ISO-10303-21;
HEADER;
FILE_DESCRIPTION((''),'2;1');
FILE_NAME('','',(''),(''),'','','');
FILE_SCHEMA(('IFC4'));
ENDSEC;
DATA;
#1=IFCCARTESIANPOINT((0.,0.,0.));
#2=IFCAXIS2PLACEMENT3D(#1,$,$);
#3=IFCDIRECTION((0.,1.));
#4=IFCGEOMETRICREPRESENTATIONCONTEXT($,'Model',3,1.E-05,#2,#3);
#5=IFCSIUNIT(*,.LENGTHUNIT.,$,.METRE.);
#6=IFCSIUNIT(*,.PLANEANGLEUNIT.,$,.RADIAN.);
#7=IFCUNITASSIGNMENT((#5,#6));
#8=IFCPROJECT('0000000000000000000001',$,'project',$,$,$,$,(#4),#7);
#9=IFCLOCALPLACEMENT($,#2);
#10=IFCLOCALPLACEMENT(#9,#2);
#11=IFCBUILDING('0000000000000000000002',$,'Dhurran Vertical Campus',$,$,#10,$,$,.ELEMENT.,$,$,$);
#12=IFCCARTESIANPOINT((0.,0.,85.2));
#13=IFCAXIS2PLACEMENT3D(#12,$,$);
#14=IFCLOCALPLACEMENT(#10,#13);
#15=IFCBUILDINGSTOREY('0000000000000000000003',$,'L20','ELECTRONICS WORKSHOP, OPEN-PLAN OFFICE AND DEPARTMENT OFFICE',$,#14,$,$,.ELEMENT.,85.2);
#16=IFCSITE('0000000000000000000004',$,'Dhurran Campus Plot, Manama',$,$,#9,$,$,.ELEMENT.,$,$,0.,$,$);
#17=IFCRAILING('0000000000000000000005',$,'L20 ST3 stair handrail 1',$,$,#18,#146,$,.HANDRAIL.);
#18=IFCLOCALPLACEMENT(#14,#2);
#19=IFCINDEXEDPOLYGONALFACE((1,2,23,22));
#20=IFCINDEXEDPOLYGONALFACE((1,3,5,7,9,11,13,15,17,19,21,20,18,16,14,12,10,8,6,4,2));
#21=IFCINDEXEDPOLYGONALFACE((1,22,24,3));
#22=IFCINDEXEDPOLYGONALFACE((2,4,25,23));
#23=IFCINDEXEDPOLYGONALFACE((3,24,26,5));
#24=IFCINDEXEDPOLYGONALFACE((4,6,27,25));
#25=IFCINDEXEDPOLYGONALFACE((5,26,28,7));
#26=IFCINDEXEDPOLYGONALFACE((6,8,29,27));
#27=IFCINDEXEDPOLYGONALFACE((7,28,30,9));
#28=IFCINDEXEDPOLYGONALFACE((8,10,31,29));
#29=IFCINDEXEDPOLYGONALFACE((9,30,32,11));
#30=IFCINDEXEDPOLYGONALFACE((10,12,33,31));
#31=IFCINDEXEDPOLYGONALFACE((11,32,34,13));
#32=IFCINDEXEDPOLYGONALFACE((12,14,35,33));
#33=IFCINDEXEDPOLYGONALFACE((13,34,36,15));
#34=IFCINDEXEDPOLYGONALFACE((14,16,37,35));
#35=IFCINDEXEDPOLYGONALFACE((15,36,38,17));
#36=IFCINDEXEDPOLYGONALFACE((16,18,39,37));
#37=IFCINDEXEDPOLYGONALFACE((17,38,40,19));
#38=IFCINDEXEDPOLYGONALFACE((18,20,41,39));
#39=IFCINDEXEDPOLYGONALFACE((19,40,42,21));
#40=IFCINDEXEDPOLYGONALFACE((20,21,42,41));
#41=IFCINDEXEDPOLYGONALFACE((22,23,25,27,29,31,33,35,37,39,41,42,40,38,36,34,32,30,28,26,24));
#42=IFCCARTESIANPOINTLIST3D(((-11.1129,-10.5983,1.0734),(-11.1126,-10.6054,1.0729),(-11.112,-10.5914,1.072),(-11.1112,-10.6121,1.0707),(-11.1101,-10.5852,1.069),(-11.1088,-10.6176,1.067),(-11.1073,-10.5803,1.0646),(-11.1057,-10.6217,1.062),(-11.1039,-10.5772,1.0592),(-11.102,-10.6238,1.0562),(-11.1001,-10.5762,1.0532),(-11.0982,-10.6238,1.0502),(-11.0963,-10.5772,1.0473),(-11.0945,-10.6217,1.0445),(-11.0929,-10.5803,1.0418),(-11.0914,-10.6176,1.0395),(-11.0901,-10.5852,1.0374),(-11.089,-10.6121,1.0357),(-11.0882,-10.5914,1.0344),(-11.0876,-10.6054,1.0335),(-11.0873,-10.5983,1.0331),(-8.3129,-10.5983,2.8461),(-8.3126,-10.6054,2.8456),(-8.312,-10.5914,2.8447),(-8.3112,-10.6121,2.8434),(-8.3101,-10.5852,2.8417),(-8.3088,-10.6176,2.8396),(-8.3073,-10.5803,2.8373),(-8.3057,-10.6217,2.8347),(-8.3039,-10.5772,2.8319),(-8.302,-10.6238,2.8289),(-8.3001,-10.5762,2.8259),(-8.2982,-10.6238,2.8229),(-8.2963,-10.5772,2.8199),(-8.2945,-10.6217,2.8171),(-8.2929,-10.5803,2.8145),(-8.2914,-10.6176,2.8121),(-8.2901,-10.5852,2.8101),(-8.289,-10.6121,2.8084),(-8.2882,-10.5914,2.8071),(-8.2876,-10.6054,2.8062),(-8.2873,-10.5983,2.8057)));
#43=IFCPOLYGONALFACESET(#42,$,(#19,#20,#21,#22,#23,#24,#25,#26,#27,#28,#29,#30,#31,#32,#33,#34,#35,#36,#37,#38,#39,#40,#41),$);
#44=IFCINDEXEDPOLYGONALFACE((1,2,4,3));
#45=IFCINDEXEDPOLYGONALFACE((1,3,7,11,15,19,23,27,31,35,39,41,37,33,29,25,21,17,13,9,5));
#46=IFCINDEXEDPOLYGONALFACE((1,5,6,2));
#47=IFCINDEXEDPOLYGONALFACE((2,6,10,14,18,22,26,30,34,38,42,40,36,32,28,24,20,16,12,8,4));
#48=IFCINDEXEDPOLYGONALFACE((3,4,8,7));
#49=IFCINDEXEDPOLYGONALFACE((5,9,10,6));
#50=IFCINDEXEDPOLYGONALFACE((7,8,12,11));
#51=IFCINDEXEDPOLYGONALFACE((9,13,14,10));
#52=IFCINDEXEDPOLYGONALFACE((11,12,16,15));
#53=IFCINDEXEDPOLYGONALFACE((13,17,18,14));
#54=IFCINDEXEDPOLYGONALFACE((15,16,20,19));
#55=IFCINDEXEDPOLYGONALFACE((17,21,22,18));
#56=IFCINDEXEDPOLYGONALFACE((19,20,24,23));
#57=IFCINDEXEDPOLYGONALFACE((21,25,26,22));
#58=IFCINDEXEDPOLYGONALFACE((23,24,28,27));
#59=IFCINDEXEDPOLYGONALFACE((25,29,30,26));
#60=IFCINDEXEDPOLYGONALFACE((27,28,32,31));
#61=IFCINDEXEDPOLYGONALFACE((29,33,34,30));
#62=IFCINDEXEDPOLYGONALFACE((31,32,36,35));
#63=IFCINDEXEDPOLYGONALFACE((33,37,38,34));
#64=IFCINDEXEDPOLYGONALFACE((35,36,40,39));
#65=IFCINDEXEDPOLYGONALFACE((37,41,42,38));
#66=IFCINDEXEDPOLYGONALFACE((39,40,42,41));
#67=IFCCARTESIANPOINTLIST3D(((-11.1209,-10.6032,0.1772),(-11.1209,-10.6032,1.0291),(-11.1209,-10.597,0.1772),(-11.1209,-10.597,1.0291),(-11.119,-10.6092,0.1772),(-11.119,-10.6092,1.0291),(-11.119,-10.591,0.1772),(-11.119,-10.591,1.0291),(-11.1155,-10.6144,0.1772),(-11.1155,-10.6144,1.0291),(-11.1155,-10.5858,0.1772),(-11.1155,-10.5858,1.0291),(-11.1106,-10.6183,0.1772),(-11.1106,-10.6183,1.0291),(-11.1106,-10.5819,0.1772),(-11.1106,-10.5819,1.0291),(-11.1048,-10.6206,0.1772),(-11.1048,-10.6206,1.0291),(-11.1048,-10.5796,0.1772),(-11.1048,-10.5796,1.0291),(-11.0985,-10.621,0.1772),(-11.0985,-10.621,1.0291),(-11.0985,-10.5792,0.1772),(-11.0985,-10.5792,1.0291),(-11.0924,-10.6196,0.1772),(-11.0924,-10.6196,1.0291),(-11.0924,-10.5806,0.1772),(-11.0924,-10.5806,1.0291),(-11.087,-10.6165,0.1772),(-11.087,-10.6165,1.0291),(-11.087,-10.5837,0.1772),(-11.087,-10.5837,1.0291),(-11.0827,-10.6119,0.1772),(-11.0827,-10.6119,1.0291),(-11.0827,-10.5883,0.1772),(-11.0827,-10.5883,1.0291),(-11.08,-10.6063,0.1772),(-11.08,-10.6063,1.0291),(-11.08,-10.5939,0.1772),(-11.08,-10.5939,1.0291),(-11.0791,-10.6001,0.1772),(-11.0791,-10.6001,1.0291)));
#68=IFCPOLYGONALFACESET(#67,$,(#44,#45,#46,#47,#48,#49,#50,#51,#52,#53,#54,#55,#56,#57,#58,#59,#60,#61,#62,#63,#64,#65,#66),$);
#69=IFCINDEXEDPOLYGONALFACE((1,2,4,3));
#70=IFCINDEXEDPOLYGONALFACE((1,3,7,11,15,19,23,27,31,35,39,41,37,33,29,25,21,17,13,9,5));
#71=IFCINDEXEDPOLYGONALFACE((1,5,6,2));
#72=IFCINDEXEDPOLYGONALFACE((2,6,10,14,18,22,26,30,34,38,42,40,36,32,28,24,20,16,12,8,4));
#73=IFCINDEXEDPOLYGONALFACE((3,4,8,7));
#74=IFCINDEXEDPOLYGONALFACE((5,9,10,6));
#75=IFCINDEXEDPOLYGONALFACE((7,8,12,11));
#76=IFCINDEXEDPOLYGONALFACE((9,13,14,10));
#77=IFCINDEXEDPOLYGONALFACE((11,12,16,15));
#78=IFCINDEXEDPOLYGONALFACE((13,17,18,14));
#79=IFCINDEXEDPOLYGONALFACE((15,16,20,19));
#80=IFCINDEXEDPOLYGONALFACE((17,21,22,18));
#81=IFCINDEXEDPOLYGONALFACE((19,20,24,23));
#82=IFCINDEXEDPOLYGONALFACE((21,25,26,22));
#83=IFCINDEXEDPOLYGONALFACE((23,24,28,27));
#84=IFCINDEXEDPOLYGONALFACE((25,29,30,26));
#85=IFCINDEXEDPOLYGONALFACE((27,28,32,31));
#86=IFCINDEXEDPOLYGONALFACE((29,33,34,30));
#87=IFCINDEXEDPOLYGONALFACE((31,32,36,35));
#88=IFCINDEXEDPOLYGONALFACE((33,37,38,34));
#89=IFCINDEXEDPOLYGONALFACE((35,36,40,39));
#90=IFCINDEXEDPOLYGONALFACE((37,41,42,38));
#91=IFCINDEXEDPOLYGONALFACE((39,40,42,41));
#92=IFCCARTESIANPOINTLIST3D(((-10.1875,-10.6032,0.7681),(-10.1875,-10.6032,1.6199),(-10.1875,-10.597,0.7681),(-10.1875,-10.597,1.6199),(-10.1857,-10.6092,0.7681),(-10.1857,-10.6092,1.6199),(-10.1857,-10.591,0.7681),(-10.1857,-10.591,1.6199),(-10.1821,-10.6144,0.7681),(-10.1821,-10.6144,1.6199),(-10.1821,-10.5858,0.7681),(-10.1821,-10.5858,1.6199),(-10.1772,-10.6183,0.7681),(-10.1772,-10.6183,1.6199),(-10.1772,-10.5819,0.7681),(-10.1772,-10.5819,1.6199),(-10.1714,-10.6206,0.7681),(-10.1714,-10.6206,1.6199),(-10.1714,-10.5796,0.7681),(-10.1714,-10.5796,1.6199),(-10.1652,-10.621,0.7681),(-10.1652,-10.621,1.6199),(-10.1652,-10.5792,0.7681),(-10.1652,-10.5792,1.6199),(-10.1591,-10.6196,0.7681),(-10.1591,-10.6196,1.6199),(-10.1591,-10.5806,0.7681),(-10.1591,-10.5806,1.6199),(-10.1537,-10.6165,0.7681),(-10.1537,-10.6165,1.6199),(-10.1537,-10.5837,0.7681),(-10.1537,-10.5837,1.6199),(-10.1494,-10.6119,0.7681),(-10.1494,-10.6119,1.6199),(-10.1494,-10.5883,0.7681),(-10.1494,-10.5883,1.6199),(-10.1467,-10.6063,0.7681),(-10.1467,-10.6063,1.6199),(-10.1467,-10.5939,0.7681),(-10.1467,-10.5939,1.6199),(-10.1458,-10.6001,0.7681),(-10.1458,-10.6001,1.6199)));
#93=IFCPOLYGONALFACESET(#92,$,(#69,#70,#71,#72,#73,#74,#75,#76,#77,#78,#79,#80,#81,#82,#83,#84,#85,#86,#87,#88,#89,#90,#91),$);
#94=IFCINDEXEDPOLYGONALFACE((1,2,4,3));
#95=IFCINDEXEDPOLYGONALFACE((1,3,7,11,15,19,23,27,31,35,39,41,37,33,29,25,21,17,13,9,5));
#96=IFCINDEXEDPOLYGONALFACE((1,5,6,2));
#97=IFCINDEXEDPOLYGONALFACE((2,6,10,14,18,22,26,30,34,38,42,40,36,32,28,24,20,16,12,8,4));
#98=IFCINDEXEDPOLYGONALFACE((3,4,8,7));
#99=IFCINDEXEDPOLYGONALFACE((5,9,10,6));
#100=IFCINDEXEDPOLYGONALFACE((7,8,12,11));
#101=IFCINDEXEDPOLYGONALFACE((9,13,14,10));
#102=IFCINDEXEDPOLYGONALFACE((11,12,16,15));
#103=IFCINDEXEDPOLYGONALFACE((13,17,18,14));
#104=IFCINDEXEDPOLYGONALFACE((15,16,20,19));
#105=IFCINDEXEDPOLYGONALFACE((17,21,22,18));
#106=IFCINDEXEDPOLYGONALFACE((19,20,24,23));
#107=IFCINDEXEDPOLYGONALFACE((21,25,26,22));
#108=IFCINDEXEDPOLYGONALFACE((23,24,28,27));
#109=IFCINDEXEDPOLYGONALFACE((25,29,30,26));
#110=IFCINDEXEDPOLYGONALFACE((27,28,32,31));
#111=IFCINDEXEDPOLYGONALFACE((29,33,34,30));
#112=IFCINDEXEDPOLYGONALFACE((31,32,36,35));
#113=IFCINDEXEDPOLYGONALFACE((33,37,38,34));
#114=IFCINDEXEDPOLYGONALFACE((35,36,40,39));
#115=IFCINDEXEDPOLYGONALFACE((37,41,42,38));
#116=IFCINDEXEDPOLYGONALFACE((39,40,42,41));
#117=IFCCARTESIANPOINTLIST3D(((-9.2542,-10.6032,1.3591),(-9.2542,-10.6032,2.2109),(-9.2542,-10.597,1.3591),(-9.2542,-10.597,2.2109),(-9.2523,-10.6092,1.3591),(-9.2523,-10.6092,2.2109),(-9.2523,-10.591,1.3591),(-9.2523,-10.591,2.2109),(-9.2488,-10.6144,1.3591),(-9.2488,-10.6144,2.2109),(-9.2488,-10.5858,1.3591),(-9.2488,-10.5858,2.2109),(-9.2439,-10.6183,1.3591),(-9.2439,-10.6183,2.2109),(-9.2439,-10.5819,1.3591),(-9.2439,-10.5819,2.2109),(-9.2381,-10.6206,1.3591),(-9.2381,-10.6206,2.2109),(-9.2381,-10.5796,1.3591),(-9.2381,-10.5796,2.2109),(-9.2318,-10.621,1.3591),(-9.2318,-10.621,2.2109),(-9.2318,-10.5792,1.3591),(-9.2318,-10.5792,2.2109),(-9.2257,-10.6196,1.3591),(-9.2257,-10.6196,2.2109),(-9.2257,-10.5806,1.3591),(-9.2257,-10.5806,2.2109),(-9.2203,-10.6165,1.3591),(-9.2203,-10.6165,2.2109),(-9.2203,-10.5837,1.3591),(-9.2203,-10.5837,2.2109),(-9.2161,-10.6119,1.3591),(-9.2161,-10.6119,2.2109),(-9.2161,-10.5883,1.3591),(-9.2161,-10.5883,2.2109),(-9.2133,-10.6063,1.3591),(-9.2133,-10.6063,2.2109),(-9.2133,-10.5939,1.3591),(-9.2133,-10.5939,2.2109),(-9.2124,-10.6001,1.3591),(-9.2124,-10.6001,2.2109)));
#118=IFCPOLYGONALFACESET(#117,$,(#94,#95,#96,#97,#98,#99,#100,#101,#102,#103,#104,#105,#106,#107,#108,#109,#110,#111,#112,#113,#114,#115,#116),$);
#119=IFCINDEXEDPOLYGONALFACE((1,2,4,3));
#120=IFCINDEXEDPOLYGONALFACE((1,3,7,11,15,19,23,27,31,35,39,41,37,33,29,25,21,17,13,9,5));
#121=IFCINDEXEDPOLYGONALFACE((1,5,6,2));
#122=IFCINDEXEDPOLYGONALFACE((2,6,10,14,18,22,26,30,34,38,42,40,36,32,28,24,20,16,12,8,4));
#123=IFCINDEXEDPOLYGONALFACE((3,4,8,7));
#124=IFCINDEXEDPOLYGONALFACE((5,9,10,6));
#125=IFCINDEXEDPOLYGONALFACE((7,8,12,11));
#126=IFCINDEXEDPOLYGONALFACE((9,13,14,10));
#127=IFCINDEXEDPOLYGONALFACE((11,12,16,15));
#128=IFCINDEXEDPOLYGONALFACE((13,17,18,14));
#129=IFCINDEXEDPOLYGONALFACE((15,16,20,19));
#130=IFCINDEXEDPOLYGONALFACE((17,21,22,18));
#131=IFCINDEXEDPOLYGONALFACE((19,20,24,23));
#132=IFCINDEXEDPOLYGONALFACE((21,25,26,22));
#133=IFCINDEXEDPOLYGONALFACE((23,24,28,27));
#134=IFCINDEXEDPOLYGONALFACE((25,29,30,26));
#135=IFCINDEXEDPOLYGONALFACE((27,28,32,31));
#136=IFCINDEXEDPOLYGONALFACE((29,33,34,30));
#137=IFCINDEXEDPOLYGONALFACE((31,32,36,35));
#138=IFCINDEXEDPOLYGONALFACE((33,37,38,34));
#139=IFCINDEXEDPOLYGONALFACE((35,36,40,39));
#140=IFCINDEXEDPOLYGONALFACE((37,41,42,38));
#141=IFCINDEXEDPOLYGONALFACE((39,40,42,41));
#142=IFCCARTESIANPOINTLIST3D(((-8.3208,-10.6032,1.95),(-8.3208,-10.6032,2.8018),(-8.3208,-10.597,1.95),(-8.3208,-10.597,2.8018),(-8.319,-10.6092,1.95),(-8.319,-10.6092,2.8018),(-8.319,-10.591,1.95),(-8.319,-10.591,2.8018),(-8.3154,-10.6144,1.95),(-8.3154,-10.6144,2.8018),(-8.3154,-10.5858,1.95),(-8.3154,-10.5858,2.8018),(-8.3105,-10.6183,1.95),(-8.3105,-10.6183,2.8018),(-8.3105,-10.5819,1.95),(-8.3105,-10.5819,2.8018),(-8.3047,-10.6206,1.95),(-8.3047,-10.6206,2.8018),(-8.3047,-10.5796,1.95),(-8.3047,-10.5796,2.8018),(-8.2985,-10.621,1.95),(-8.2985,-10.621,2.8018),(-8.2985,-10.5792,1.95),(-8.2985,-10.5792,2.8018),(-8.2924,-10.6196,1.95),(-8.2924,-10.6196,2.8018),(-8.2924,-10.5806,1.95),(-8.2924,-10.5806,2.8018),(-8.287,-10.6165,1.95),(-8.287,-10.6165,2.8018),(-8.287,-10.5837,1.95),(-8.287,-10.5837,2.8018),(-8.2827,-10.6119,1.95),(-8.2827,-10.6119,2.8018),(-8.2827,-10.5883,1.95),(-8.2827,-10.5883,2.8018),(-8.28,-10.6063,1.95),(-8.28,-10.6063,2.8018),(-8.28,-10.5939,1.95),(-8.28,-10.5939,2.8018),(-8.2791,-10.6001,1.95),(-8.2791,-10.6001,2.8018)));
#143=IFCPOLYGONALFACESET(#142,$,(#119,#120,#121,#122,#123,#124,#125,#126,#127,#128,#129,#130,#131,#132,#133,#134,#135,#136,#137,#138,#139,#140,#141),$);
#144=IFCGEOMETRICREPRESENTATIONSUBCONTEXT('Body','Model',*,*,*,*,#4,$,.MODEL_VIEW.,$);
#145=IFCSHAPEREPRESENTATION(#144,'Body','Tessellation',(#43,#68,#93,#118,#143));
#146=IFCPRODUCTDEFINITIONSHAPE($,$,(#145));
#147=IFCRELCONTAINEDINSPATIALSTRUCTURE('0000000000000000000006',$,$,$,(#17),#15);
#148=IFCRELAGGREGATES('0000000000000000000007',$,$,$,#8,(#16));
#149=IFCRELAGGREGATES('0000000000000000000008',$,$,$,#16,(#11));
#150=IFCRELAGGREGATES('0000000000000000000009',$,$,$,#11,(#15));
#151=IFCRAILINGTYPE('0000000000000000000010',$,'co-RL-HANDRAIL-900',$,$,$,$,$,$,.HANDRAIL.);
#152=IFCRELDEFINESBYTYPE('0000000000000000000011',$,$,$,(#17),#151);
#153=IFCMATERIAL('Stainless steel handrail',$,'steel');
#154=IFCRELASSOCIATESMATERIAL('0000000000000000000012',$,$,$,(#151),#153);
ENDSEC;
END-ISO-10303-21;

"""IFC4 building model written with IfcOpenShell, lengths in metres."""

from ifc_helpers import new_model, si_unit, direction, frame, origin, origin_2d, place, context, subcontext, project, spatial, circle, extrude, material, type_object, element, save


model = new_model("IFC4")

# Units and contexts
model_context = context("Model", 3, precision=1e-05, world=origin(), true_north=direction((0.0, 1.0)))
body_context = subcontext(model_context, "Body", "Model", "MODEL_VIEW")
ifc_project = project(units=[si_unit("LENGTHUNIT", "METRE"), si_unit("PLANEANGLEUNIT", "RADIAN")], contexts=[model_context])

# Site, building, storey
site_placement = place(None, origin())
site = spatial("IfcSite", under=ifc_project, at=site_placement, Name="Dhurran Campus Plot, Manama", CompositionType="ELEMENT", RefElevation=0.0)
building_placement = place(site_placement, origin())
building = spatial("IfcBuilding", under=site, at=building_placement, Name="Dhurran Vertical Campus", CompositionType="ELEMENT")
storey_placement = place(building_placement, frame((0.0, 0.0, 85.2)))
storey = spatial("IfcBuildingStorey", under=building, at=storey_placement, Name="L20", Description="ELECTRONICS WORKSHOP, OPEN-PLAN OFFICE AND DEPARTMENT OFFICE", CompositionType="ELEMENT", Elevation=85.2)

# Railing
ifc_material_1 = material(Name="Stainless steel handrail", Category="steel")
railing_type_1 = type_object("IfcRailingType", Name="co-RL-HANDRAIL-900", PredefinedType="HANDRAIL", material=ifc_material_1)
railing_1_placement = place(storey_placement, frame((-11.1001, -10.6001, 0.1772)))
element("IfcRailing", 1, at=railing_1_placement, inside=storey, type_object=railing_type_1, Name="L20 ST3 stair handrail 1", PredefinedType="HANDRAIL", context=body_context, shape_type="SweptSolid", body=[
    extrude(circle(Radius=0.0239, at=origin_2d()), frame((0.0, 0.0, 0.876), z_axis=(0.844909, 0.0, 0.53491), x_axis=(0.0, 1.0, 0.0)), (0.0, 0.0, 1.0), 3.314),
    extrude(circle(Radius=0.021, at=origin_2d()), origin(), (0.0, 0.0, 1.0), 0.8518),
    extrude(circle(Radius=0.021, at=origin_2d()), frame((0.9333, 0.0, 0.5908)), (0.0, 0.0, 1.0), 0.8518),
    extrude(circle(Radius=0.021, at=origin_2d()), frame((1.8667, 0.0, 1.1819)), (0.0, 0.0, 1.0), 0.8518),
    extrude(circle(Radius=0.021, at=origin_2d()), frame((2.8, 0.0, 1.7727)), (0.0, 0.0, 1.0), 0.8518),
])

save(model, "model.ifc")
